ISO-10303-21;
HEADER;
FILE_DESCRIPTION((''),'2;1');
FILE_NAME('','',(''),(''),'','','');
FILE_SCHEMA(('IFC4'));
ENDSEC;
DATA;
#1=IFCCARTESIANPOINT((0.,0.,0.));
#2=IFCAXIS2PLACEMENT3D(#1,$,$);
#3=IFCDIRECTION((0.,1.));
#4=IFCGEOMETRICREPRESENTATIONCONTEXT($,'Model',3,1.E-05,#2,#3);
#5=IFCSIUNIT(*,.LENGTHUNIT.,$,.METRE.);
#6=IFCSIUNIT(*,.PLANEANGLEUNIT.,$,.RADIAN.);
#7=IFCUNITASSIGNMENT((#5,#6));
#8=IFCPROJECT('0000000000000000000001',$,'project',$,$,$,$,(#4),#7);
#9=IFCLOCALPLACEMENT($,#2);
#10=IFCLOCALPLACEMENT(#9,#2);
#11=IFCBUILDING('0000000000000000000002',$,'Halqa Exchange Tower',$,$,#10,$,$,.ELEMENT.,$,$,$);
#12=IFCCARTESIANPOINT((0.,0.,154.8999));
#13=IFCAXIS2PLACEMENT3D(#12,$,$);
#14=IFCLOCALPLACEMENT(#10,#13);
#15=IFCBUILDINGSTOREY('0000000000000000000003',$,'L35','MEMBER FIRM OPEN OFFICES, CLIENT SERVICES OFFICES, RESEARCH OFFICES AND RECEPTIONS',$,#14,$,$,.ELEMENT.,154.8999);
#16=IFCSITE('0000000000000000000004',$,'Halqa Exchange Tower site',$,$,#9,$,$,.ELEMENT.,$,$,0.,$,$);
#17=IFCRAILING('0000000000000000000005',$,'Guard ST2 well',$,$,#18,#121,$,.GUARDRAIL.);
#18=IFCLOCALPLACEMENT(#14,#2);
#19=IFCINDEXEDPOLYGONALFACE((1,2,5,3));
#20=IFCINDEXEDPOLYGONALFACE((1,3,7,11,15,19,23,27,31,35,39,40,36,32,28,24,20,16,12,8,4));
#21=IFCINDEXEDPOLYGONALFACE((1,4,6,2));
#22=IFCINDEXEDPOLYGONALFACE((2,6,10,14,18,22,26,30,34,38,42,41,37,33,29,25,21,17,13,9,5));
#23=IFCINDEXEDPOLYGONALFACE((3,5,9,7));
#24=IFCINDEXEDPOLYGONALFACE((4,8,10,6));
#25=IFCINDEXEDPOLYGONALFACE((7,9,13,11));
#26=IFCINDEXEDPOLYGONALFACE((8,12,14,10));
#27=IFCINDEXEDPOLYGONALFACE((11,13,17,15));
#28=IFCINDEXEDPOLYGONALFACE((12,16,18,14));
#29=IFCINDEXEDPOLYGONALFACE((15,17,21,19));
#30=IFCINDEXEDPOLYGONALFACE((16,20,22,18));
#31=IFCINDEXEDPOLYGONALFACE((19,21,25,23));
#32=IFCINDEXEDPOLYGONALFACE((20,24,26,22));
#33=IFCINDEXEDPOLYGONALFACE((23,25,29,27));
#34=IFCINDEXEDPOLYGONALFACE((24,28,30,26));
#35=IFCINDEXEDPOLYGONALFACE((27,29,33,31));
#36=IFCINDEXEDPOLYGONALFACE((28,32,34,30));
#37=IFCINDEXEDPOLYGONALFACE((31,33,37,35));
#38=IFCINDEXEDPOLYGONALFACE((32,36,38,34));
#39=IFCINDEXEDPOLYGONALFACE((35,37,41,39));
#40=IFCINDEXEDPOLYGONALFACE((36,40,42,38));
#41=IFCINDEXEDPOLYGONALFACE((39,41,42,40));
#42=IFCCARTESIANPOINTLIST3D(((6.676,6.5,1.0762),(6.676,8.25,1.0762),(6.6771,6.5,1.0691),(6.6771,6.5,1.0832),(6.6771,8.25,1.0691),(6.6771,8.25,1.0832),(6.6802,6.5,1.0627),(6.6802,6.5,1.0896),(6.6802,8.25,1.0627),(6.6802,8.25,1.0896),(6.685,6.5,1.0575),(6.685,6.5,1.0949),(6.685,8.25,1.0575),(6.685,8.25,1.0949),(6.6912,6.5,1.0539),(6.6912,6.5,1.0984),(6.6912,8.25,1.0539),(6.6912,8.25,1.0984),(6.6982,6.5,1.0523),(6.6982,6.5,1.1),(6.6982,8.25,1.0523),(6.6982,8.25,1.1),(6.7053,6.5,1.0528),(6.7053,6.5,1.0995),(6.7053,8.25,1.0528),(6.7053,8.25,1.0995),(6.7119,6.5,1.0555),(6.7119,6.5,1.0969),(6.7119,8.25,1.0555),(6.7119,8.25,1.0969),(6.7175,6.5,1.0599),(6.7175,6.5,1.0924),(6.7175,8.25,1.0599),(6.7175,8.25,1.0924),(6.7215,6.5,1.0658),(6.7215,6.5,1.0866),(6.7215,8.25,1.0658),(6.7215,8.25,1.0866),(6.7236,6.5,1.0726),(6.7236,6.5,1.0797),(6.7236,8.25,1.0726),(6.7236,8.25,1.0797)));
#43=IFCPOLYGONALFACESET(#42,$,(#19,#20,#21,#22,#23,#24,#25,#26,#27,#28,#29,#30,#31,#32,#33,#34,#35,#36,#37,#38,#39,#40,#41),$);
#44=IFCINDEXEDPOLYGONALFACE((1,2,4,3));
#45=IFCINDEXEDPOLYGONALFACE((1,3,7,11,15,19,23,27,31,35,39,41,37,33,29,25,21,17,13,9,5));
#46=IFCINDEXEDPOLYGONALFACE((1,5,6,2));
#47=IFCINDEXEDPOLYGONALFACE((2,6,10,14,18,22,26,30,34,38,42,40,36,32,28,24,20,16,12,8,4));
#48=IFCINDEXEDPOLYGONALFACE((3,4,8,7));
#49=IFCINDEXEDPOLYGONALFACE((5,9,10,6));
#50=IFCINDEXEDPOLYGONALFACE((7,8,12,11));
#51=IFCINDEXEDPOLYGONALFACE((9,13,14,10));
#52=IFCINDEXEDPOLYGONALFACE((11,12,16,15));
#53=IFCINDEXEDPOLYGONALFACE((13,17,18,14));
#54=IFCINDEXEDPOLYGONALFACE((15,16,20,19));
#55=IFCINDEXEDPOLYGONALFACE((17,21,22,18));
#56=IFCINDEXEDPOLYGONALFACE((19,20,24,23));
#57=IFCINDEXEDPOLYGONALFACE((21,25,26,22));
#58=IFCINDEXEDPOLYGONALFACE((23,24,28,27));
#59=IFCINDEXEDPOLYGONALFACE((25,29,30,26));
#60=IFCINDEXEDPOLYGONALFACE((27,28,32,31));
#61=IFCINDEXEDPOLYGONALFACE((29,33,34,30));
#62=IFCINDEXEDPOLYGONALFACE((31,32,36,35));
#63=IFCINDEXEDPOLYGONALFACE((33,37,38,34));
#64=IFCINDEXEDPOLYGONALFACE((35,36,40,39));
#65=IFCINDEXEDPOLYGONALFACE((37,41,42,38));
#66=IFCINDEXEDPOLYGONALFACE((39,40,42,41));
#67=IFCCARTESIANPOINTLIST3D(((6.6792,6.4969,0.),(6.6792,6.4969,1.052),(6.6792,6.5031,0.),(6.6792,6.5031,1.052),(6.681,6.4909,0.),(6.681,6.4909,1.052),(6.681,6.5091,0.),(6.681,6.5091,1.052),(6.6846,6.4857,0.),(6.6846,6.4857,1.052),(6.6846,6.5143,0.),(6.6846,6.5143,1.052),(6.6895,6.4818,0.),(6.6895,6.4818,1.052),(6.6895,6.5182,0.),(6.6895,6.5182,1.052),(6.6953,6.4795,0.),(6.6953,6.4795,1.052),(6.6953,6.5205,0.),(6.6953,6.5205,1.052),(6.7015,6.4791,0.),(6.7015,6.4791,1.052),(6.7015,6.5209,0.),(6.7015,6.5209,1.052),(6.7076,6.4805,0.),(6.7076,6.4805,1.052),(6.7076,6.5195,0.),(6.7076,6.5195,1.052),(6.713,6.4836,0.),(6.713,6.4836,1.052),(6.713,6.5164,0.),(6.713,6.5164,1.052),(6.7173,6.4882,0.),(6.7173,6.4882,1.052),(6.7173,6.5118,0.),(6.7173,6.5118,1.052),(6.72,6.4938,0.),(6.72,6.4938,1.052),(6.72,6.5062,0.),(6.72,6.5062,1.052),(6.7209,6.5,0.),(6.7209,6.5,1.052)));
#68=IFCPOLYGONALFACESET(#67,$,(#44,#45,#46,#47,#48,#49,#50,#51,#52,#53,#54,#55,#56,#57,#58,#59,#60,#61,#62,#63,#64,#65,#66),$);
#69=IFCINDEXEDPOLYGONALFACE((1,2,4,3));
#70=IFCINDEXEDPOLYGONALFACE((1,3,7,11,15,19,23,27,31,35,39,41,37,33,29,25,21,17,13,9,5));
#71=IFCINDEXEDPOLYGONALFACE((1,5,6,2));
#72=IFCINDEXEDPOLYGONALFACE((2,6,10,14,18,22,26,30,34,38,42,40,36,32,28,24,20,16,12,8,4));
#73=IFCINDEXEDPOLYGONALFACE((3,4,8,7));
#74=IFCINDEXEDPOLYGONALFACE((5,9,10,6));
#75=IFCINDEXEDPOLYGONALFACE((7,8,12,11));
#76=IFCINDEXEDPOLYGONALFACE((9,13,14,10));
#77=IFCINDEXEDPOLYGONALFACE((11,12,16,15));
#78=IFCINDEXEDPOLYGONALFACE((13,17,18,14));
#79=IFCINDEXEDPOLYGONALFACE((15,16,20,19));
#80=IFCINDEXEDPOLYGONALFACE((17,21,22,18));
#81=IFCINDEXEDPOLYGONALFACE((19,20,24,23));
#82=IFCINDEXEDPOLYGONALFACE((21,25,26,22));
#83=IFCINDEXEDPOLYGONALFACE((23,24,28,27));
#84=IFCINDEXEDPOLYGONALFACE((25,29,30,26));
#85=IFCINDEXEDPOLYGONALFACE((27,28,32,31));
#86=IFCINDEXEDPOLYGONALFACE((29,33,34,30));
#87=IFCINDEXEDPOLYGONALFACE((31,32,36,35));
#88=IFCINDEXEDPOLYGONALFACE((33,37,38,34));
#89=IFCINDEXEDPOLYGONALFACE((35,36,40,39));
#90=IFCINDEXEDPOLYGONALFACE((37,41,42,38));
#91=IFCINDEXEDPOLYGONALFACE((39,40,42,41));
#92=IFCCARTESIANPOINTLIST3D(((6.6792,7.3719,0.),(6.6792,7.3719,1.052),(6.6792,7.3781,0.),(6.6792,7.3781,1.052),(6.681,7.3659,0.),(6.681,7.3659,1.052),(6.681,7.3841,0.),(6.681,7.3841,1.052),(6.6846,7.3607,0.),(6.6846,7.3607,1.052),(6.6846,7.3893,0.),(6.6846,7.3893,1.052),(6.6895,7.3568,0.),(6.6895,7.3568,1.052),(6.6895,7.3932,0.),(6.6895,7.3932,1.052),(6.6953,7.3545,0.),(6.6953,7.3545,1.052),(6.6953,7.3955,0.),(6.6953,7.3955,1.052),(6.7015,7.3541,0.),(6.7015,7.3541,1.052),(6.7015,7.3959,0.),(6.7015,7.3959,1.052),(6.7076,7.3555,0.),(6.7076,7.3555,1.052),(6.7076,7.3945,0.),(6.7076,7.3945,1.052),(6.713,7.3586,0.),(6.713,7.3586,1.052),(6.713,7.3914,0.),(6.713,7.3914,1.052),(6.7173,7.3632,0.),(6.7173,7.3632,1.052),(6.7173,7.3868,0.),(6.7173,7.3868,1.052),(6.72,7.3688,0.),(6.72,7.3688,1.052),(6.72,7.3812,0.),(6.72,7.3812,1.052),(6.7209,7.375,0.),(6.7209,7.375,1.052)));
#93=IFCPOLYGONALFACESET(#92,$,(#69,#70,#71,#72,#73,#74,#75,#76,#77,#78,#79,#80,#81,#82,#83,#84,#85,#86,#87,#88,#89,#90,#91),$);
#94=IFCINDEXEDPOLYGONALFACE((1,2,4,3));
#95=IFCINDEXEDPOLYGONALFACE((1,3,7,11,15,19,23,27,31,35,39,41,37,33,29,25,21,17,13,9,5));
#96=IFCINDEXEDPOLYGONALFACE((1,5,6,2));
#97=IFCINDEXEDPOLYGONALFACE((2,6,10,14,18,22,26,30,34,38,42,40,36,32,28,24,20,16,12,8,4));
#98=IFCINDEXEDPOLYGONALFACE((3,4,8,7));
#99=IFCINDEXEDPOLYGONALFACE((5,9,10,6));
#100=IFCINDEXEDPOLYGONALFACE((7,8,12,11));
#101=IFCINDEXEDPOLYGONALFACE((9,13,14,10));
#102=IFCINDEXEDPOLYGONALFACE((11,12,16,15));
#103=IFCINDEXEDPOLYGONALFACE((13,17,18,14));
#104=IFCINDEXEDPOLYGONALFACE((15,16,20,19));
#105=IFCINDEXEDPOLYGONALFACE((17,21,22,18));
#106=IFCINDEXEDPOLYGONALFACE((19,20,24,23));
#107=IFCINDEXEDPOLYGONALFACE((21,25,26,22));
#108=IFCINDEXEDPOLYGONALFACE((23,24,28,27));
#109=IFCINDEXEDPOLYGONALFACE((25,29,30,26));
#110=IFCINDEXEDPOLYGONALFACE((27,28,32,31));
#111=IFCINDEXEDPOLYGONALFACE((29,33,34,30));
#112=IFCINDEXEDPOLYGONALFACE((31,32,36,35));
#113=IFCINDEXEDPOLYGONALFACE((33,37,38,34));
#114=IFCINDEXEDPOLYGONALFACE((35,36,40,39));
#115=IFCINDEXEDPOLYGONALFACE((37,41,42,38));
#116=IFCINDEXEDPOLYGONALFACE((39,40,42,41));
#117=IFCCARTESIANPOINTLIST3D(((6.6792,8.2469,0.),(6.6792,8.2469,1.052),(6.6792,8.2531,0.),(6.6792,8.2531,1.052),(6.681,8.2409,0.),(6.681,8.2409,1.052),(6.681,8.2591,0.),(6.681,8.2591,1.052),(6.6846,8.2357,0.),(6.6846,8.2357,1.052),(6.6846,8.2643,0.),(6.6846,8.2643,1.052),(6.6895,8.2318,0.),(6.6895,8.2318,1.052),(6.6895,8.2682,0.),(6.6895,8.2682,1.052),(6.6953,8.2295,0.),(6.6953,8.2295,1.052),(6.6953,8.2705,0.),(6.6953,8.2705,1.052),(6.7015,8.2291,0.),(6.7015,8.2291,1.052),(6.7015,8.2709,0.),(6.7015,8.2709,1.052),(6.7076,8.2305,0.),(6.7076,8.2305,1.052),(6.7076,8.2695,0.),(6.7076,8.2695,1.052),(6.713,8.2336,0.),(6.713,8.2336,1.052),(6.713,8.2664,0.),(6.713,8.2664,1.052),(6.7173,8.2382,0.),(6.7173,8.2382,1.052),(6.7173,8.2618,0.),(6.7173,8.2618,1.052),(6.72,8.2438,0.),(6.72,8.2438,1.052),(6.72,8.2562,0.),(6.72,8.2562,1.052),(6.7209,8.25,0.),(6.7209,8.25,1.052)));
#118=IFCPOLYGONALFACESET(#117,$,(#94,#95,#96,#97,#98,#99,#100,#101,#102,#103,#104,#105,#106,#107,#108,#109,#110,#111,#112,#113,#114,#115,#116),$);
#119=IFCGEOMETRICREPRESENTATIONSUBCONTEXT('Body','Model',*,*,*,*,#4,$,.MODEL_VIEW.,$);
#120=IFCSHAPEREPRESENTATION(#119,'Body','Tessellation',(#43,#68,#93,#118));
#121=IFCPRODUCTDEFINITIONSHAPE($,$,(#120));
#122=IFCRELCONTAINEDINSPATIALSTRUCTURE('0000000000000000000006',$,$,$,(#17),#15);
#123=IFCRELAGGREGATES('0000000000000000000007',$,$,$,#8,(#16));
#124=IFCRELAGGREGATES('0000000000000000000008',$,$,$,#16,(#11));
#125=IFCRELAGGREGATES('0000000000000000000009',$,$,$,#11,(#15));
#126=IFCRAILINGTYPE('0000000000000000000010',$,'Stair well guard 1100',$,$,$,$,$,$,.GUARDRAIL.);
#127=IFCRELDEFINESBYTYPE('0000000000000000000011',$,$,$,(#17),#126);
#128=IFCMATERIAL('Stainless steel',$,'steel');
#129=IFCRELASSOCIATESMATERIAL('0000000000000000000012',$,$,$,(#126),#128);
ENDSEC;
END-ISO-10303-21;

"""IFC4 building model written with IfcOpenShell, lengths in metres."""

from ifc_helpers import new_model, si_unit, direction, frame, origin, origin_2d, place, context, subcontext, project, spatial, circle, extrude, material, type_object, element, save


model = new_model("IFC4")

# Units and contexts
model_context = context("Model", 3, precision=1e-05, world=origin(), true_north=direction((0.0, 1.0)))
body_context = subcontext(model_context, "Body", "Model", "MODEL_VIEW")
ifc_project = project(units=[si_unit("LENGTHUNIT", "METRE"), si_unit("PLANEANGLEUNIT", "RADIAN")], contexts=[model_context])

# Site, building, storey
site_placement = place(None, origin())
site = spatial("IfcSite", under=ifc_project, at=site_placement, Name="Halqa Exchange Tower site", CompositionType="ELEMENT", RefElevation=0.0)
building_placement = place(site_placement, origin())
building = spatial("IfcBuilding", under=site, at=building_placement, Name="Halqa Exchange Tower", CompositionType="ELEMENT")
storey_placement = place(building_placement, frame((0.0, 0.0, 154.8999)))
storey = spatial("IfcBuildingStorey", under=building, at=storey_placement, Name="L35", Description="MEMBER FIRM OPEN OFFICES, CLIENT SERVICES OFFICES, RESEARCH OFFICES AND RECEPTIONS", CompositionType="ELEMENT", Elevation=154.8999)

# Railing
ifc_material_1 = material(Name="Stainless steel", Category="steel")
railing_type_1 = type_object("IfcRailingType", Name="Stair well guard 1100", PredefinedType="GUARDRAIL", material=ifc_material_1)
railing_1_placement = place(storey_placement, frame((6.7, 6.5, 0.0)))
element("IfcRailing", 1, at=railing_1_placement, inside=storey, type_object=railing_type_1, Name="Guard ST2 well", PredefinedType="GUARDRAIL", context=body_context, shape_type="SweptSolid", body=[
    extrude(circle(Radius=0.0239, at=origin_2d()), frame((0.0, 0.0, 1.0762), z_axis=(0.0, 1.0, 0.0), x_axis=(-1.0, 0.0, 0.0)), (0.0, 0.0, 1.0), 1.75),
    extrude(circle(Radius=0.021, at=origin_2d()), origin(), (0.0, 0.0, 1.0), 1.052),
    extrude(circle(Radius=0.021, at=origin_2d()), frame((0.0, 0.875, 0.0)), (0.0, 0.0, 1.0), 1.052),
    extrude(circle(Radius=0.021, at=origin_2d()), frame((0.0, 1.75, 0.0)), (0.0, 0.0, 1.0), 1.052),
])

save(model, "model.ifc")
